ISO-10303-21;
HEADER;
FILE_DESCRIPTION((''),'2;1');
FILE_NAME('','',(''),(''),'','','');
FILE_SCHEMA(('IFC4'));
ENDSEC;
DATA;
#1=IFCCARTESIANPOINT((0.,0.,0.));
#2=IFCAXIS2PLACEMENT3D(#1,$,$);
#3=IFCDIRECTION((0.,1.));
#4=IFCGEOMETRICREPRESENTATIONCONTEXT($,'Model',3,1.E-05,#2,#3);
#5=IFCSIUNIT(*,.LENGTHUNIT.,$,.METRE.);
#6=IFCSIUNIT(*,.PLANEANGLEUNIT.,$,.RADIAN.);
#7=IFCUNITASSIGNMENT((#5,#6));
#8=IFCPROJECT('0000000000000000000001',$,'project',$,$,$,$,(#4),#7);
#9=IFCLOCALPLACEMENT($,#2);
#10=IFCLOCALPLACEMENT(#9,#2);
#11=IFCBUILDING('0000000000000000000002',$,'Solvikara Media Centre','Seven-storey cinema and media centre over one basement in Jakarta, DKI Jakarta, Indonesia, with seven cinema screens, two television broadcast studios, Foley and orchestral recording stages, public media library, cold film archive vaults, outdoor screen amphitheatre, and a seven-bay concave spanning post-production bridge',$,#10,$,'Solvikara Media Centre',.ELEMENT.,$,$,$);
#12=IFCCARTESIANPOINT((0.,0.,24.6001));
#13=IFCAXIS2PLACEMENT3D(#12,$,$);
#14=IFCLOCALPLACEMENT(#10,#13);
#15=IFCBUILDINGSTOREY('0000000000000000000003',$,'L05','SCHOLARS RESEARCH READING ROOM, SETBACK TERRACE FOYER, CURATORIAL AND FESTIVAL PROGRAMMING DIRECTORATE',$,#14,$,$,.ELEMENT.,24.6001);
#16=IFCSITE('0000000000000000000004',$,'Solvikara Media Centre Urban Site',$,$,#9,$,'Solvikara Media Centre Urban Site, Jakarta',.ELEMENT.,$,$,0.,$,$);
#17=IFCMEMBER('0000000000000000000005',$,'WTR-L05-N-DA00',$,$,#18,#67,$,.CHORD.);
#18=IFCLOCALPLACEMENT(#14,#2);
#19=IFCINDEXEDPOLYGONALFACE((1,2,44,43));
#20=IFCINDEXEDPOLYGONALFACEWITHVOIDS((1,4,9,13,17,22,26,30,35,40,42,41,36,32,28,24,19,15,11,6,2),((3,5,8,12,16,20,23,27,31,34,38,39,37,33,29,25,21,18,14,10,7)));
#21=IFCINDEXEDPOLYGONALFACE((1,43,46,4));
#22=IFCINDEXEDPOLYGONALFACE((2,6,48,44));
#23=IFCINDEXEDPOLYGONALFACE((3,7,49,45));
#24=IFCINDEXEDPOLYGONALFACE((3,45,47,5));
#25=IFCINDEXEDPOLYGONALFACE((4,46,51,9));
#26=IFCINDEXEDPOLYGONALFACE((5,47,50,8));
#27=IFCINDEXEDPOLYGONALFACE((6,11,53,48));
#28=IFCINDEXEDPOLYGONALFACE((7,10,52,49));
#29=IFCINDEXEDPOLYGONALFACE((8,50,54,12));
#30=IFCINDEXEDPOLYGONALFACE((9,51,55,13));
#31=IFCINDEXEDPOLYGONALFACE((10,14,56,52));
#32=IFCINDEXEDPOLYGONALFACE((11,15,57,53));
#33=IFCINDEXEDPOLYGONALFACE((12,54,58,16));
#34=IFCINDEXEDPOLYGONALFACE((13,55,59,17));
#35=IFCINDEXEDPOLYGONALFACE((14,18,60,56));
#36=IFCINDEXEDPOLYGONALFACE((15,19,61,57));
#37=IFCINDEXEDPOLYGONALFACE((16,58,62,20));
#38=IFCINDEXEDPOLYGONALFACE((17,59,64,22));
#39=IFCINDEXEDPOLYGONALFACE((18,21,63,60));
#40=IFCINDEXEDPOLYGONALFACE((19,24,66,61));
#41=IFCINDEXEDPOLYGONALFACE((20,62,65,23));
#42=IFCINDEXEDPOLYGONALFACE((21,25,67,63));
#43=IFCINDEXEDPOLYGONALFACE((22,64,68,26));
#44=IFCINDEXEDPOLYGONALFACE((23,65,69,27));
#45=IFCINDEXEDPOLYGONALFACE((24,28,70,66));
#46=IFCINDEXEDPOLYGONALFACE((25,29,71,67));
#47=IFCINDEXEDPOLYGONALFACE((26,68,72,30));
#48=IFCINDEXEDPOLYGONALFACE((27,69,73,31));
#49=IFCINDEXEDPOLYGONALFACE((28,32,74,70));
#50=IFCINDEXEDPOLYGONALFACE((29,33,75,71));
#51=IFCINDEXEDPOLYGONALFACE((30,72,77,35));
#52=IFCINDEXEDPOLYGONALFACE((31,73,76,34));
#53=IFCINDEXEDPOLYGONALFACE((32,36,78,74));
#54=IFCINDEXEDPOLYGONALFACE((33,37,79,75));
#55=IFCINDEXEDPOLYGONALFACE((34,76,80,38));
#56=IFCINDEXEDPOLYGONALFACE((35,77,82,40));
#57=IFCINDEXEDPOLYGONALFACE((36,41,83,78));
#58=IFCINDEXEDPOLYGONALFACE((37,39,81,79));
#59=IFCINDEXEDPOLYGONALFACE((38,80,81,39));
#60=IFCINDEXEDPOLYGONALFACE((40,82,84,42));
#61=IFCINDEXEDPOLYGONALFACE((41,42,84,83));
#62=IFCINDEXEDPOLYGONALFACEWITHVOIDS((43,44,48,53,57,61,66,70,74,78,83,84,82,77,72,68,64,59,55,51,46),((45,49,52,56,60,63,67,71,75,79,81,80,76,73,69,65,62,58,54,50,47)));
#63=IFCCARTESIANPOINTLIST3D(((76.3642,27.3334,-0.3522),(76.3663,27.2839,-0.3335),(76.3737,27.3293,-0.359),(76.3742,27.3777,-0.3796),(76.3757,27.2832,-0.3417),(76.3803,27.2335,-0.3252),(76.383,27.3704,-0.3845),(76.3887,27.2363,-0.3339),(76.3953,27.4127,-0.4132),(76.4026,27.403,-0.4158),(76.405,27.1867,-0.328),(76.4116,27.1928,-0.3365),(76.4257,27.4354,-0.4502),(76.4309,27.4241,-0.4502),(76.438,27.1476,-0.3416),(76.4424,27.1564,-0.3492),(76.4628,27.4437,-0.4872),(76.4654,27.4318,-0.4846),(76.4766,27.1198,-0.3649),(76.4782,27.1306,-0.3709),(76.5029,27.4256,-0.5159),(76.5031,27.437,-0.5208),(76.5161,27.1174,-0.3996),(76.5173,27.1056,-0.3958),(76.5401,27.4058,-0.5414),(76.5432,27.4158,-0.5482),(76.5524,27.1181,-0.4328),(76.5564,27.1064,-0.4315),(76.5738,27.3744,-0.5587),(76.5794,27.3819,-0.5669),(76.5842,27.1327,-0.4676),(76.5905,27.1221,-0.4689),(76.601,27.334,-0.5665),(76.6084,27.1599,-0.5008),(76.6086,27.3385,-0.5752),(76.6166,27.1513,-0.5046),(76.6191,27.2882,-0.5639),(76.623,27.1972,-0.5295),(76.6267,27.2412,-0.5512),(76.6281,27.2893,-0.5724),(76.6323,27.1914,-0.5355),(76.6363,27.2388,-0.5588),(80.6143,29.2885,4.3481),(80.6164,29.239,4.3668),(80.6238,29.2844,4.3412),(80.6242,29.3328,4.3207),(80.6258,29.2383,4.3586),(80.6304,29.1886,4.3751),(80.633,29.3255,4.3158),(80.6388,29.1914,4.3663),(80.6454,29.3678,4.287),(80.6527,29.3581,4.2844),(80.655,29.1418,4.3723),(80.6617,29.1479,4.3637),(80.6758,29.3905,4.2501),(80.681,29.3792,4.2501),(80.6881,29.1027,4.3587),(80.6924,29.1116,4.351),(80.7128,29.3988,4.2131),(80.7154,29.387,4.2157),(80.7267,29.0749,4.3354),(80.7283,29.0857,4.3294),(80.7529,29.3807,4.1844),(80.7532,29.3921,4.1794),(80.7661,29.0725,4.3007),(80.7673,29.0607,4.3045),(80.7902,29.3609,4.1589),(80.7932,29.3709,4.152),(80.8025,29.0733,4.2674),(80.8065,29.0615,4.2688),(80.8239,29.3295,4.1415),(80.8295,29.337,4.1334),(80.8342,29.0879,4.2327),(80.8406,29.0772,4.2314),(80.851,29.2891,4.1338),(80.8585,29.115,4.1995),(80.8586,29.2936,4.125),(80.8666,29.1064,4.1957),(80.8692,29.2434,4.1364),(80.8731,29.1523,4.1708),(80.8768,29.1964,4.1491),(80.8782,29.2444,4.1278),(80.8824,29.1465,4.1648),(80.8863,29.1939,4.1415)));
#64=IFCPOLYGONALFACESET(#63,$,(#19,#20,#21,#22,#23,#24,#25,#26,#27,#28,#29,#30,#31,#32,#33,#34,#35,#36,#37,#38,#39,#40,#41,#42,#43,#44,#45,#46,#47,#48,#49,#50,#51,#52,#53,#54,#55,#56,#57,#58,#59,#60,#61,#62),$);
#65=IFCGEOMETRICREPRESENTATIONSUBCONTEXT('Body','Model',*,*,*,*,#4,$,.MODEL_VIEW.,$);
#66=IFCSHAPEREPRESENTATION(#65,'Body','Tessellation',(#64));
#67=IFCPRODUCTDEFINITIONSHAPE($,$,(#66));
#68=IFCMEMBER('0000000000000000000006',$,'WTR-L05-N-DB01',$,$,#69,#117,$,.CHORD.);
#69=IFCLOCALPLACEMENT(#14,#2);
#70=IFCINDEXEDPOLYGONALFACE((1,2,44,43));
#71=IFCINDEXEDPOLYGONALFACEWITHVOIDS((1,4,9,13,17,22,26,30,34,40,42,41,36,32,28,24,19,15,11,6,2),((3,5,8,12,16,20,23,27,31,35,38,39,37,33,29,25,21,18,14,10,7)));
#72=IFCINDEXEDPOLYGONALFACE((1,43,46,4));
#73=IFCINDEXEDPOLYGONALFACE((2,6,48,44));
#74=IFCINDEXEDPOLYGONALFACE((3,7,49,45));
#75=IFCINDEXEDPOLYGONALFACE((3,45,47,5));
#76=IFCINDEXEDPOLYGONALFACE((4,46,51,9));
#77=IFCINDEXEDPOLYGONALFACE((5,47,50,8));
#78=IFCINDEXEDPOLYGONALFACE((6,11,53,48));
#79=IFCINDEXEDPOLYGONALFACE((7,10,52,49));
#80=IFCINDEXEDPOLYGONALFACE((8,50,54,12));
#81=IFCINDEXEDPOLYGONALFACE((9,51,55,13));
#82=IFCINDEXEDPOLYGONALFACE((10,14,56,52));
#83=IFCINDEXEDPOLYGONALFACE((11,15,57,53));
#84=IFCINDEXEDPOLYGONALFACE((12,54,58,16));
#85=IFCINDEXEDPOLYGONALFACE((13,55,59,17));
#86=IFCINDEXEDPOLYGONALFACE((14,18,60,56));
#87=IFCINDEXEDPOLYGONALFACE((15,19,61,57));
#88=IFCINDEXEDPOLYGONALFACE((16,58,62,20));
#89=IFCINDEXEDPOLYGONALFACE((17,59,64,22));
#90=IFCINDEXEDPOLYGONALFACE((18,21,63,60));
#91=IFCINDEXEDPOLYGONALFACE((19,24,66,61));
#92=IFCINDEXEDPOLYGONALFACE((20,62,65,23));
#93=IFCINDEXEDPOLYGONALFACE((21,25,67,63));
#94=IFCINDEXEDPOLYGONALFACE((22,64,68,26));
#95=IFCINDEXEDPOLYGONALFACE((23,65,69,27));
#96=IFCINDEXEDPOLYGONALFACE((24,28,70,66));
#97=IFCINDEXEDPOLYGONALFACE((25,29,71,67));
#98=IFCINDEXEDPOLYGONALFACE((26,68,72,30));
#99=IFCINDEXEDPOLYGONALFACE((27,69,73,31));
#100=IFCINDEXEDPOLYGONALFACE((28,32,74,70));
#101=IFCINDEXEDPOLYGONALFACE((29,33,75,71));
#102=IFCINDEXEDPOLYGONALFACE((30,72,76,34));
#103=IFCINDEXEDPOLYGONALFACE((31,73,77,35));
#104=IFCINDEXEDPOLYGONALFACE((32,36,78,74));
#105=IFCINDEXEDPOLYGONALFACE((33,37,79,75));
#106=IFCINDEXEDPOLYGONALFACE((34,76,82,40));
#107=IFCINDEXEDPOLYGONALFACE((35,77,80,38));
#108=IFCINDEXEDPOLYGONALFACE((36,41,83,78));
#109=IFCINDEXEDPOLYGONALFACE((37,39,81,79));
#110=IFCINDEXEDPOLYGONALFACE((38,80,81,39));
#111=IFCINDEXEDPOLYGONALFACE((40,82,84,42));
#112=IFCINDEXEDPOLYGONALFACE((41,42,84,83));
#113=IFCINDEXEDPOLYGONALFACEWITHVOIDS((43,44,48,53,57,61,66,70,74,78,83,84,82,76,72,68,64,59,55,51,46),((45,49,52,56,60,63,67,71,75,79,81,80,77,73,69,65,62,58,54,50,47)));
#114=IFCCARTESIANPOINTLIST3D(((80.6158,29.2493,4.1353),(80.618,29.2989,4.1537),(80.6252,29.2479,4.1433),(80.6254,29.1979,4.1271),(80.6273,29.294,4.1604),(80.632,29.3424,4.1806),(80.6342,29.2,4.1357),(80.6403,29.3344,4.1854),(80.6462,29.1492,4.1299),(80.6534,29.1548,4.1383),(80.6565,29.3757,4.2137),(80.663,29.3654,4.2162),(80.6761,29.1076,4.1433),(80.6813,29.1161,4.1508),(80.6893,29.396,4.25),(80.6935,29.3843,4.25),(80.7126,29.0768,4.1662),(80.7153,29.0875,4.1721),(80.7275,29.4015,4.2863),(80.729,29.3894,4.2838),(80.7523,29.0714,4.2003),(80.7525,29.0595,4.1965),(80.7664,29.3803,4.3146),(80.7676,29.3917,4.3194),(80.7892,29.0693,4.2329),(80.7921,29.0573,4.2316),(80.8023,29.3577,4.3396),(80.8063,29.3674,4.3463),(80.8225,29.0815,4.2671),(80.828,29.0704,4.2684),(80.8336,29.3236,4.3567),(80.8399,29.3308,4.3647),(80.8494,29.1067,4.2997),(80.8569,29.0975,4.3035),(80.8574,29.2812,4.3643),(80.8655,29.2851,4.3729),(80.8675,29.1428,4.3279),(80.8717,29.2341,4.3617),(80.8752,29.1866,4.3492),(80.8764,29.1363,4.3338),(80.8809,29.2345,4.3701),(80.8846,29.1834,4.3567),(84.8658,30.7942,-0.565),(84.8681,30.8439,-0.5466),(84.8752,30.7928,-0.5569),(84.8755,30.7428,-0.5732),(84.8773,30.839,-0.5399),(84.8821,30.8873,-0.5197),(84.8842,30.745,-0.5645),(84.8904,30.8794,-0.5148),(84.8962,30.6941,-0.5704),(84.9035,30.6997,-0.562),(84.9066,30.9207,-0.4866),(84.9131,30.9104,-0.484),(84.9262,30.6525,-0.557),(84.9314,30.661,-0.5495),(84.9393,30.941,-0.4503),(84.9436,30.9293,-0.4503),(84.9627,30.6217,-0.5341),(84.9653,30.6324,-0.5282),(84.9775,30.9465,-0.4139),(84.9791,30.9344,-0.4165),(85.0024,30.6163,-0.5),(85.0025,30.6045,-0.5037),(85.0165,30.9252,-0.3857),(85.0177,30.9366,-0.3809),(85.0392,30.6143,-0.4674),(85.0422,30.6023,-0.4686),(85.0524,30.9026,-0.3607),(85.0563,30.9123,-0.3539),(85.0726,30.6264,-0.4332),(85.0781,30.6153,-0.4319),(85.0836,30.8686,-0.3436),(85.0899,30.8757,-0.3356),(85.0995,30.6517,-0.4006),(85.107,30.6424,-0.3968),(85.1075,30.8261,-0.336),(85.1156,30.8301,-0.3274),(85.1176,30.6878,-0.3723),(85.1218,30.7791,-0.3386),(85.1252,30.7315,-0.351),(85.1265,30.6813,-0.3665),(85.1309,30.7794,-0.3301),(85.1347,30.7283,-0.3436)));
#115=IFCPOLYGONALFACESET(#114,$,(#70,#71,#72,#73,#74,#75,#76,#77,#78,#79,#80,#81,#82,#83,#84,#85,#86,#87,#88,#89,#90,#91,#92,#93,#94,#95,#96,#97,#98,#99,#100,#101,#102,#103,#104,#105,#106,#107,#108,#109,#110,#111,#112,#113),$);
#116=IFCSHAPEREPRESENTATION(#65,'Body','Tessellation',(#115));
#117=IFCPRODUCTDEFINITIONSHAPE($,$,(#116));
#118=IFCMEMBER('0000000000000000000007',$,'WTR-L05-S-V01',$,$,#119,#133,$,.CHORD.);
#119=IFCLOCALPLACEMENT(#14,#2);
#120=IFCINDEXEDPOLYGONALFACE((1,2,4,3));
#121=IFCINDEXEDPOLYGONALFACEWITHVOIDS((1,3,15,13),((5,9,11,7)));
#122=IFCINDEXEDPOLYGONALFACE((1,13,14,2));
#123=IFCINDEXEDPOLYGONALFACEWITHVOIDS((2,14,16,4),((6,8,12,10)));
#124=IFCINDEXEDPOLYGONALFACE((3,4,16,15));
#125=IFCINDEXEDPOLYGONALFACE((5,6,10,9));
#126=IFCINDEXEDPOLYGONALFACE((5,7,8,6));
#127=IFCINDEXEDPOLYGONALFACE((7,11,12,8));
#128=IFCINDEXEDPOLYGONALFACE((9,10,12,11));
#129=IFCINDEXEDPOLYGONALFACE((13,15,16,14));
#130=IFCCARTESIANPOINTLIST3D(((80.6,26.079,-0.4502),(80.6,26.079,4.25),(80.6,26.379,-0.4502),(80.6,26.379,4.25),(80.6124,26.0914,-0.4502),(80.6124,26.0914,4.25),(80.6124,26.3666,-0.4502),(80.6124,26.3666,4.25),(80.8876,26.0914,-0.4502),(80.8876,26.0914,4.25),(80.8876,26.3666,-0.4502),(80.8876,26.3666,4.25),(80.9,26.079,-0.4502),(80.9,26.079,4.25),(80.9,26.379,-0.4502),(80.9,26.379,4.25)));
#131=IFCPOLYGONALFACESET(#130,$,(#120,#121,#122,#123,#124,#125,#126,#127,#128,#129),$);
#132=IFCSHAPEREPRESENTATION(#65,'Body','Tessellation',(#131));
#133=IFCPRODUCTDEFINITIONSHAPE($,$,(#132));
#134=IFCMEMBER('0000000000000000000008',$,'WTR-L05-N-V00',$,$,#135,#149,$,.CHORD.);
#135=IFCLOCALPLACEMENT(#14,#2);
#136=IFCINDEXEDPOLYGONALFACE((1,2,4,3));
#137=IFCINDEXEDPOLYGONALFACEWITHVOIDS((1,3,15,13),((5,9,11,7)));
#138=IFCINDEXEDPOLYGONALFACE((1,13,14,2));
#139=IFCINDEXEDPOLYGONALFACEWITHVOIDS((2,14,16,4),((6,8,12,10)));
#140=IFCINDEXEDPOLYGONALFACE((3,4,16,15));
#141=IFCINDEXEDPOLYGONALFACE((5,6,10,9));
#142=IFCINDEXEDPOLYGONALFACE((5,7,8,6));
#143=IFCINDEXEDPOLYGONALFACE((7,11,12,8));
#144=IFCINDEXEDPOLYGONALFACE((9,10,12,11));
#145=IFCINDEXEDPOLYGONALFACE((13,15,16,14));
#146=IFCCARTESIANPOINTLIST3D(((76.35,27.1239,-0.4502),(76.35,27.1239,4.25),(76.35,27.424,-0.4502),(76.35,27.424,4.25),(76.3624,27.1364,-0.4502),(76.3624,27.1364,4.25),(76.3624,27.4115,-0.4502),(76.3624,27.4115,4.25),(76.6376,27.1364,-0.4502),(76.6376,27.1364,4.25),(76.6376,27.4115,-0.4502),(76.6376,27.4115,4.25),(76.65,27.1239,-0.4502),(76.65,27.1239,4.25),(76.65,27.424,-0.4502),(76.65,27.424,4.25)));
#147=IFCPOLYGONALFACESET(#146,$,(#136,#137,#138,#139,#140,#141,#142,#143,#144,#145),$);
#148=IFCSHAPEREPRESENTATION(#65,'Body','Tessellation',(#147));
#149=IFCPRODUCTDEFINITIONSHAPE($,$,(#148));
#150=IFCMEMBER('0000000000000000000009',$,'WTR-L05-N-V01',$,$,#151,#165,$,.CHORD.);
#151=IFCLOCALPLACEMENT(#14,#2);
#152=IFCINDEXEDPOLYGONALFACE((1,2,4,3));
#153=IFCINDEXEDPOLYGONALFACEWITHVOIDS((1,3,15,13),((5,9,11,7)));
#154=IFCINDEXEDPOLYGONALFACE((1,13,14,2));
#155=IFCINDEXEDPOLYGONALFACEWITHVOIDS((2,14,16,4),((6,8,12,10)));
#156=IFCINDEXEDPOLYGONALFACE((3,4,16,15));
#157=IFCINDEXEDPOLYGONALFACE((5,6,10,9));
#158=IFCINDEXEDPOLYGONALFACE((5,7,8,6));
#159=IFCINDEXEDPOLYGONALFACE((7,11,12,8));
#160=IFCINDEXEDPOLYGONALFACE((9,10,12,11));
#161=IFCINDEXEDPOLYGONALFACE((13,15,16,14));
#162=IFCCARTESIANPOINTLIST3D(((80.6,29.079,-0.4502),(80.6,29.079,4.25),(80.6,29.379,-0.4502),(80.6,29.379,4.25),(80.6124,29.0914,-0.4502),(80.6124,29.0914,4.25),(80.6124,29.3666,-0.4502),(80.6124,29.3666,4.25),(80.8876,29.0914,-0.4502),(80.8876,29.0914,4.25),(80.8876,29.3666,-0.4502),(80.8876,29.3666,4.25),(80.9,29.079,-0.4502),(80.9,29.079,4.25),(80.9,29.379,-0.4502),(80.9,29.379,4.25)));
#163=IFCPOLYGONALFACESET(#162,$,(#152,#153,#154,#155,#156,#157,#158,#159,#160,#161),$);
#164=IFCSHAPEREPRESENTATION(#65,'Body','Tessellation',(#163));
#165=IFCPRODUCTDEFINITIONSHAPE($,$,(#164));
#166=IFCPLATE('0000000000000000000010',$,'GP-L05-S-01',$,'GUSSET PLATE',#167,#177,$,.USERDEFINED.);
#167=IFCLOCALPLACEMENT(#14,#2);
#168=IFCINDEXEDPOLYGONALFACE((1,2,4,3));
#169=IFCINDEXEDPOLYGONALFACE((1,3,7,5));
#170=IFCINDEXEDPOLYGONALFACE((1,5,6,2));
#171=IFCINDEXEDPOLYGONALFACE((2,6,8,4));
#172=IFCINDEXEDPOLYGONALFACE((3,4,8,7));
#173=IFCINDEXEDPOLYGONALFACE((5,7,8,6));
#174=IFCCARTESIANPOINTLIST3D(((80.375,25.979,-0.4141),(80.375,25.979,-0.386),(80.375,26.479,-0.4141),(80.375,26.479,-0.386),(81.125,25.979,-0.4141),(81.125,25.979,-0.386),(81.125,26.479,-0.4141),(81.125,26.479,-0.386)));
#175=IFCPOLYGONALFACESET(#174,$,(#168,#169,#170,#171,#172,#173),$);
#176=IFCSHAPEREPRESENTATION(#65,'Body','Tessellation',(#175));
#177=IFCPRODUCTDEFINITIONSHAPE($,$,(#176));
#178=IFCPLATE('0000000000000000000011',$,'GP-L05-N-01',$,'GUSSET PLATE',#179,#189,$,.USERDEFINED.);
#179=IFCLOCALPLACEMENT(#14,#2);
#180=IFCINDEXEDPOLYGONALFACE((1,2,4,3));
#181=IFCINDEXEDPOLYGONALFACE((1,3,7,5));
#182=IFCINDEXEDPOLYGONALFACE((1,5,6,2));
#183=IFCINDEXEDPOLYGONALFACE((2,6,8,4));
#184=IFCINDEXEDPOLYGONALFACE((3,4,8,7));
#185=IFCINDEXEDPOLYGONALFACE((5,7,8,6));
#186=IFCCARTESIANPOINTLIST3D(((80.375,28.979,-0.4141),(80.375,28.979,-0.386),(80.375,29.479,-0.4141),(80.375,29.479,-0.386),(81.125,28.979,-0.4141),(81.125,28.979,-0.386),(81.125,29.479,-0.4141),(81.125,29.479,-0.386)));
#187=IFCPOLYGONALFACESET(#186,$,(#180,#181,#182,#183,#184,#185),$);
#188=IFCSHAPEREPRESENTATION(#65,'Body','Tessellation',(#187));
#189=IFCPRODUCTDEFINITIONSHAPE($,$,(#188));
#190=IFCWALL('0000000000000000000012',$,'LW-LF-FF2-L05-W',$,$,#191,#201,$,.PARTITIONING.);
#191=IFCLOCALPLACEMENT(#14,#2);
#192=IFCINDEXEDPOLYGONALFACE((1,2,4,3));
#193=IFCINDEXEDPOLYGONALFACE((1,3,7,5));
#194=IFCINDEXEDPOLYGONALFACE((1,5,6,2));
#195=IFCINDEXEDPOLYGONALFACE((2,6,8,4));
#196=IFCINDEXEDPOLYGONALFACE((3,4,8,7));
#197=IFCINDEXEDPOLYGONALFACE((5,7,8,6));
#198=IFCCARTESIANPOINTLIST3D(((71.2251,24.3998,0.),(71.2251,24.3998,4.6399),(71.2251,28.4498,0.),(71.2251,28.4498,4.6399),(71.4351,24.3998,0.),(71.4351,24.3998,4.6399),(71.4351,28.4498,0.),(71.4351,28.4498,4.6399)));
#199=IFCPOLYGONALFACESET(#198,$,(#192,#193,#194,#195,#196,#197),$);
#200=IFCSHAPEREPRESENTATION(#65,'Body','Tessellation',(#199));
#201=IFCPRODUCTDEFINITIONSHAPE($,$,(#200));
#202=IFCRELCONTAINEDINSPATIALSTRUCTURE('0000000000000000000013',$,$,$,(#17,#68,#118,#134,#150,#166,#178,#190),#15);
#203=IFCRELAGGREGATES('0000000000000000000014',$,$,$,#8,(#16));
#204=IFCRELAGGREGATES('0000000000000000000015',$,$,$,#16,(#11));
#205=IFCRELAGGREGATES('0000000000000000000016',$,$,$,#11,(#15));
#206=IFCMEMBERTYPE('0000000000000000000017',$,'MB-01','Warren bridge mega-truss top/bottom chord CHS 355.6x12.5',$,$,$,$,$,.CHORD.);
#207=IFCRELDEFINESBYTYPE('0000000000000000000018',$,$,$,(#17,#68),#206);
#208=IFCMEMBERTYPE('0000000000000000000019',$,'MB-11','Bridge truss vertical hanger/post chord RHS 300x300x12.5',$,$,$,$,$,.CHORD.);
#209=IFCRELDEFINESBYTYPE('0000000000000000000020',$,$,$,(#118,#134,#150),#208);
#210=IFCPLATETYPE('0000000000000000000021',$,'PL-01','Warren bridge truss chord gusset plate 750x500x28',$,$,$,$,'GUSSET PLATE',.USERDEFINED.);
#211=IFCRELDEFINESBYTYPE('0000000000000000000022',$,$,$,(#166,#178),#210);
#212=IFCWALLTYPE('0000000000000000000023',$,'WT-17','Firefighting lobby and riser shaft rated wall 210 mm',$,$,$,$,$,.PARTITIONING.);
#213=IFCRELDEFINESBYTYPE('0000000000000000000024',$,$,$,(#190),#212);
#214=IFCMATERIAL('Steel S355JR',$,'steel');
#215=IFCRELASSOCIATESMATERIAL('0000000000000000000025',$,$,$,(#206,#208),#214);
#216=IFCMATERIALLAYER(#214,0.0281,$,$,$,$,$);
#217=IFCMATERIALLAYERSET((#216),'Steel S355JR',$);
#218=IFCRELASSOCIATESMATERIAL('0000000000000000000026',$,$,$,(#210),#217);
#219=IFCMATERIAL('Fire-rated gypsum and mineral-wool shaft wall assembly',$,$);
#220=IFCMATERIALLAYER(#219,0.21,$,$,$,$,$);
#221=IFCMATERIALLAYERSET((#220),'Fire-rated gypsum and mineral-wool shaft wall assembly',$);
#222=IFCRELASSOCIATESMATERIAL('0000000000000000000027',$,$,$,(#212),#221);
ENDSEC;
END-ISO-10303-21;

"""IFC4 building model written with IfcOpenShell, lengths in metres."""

from ifc_helpers import new_model, si_unit, direction, frame, frame_2d, origin, origin_2d, place, context, subcontext, project, spatial, rectangle, hollow_rectangle, hollow_circle, extrude, material, layer, layer_set, material_profile, profile_set, type_object, element, save


model = new_model("IFC4")

# Units and contexts
model_context = context("Model", 3, precision=1e-05, world=origin(), true_north=direction((0.0, 1.0)))
body_context = subcontext(model_context, "Body", "Model", "MODEL_VIEW")
ifc_project = project(units=[si_unit("LENGTHUNIT", "METRE"), si_unit("PLANEANGLEUNIT", "RADIAN")], contexts=[model_context])

# Site, building, storey
site_placement = place(None, origin())
site = spatial("IfcSite", under=ifc_project, at=site_placement, Name="Solvikara Media Centre Urban Site", LongName="Solvikara Media Centre Urban Site, Jakarta", CompositionType="ELEMENT", RefElevation=0.0)
building_placement = place(site_placement, origin())
building = spatial("IfcBuilding", under=site, at=building_placement, Name="Solvikara Media Centre", Description="Seven-storey cinema and media centre over one basement in Jakarta, DKI Jakarta, Indonesia, with seven cinema screens, two television broadcast studios, Foley and orchestral recording stages, public media library, cold film archive vaults, outdoor screen amphitheatre, and a seven-bay concave spanning post-production bridge", LongName="Solvikara Media Centre", CompositionType="ELEMENT")
storey_placement = place(building_placement, frame((0.0, 0.0, 24.6001)))
storey = spatial("IfcBuildingStorey", under=building, at=storey_placement, Name="L05", Description="SCHOLARS RESEARCH READING ROOM, SETBACK TERRACE FOYER, CURATORIAL AND FESTIVAL PROGRAMMING DIRECTORATE", CompositionType="ELEMENT", Elevation=24.6001)

# Shared definitions
ifc_material_1 = material(Name="Steel S355JR", Category="steel")

# Members
ifc_material_profile_1 = material_profile(ifc_material_1, hollow_circle(Radius=0.1777, WallThickness=0.0125, at=origin_2d()), Name="CHS 355.6x12.5")
ifc_profile_set_1 = profile_set([ifc_material_profile_1], Name="Steel S355JR")
member_type_1 = type_object("IfcMemberType", Name="MB-01", Description="Warren bridge mega-truss top/bottom chord CHS 355.6x12.5", PredefinedType="CHORD", material=ifc_profile_set_1)
member_1_placement = place(storey_placement, frame((76.5, 27.2739, -0.4502), z_axis=(0.640882, 0.294817, 0.708769), x_axis=(-0.417919, 0.908484, 0.0)))
element("IfcMember", 1, at=member_1_placement, inside=storey, type_object=member_type_1, Name="WTR-L05-N-DA00", PredefinedType="CHORD", context=body_context, shape_type="SweptSolid", body=[
    extrude(hollow_circle(Radius=0.1777, WallThickness=0.0125, at=origin_2d()), origin(), (0.0, 0.0, 1.0), 6.6316),
])
member_2_placement = place(storey_placement, frame((80.75, 29.229, 4.25), z_axis=(0.651605, 0.236866, -0.720629), x_axis=(-0.341639, 0.939831, 0.0)))
element("IfcMember", 2, at=member_2_placement, inside=storey, type_object=member_type_1, Name="WTR-L05-N-DB01", PredefinedType="CHORD", context=body_context, shape_type="SweptSolid", body=[
    extrude(hollow_circle(Radius=0.1777, WallThickness=0.0125, at=origin_2d()), origin(), (0.0, 0.0, 1.0), 6.5225),
])
ifc_material_profile_2 = material_profile(ifc_material_1, hollow_rectangle(XDim=0.3, YDim=0.3, WallThickness=0.0125, at=origin_2d()), Name="RHS 300x300x12.5")
ifc_profile_set_2 = profile_set([ifc_material_profile_2], Name="Steel S355JR")
member_type_2 = type_object("IfcMemberType", Name="MB-11", Description="Bridge truss vertical hanger/post chord RHS 300x300x12.5", PredefinedType="CHORD", material=ifc_profile_set_2)
for number, where, z_axis, x_axis, name in (
    (3, (80.75, 26.229, -0.4502), (0.0, 0.0, 1.0), (1.0, 0.0, 0.0), "WTR-L05-S-V01"),
    (4, (76.5, 27.2739, -0.4502), (0.0, 0.0, 1.0), (1.0, 0.0, 0.0), "WTR-L05-N-V00"),
    (5, (80.75, 29.229, -0.4502), (0.0, 0.0, 1.0), (1.0, 0.0, 0.0), "WTR-L05-N-V01"),
):
    element("IfcMember", number, at=place(storey_placement, frame(where, z_axis=z_axis, x_axis=x_axis)), inside=storey, type_object=member_type_2, Name=name, PredefinedType="CHORD", context=body_context, shape_type="SweptSolid", body=[
        extrude(hollow_rectangle(XDim=0.3, YDim=0.3, WallThickness=0.0125, at=origin_2d()), origin(), (0.0, 0.0, 1.0), 4.7002),
    ])

# Plates
ifc_layer_1 = layer(ifc_material_1, 0.0281)
ifc_layer_set_1 = layer_set([ifc_layer_1], Name="Steel S355JR")
plate_type = type_object("IfcPlateType", Name="PL-01", Description="Warren bridge truss chord gusset plate 750x500x28", ElementType="GUSSET PLATE", PredefinedType="USERDEFINED", material=ifc_layer_set_1)
for number, where, z_axis, x_axis, name in (
    (6, (80.75, 26.229, -0.4141), (0.0, 0.0, 1.0), (1.0, 0.0, 0.0), "GP-L05-S-01"),
    (7, (80.75, 29.229, -0.4141), (0.0, 0.0, 1.0), (1.0, 0.0, 0.0), "GP-L05-N-01"),
):
    element("IfcPlate", number, at=place(storey_placement, frame(where, z_axis=z_axis, x_axis=x_axis)), inside=storey, type_object=plate_type, Name=name, ObjectType="GUSSET PLATE", PredefinedType="USERDEFINED", context=body_context, shape_type="SweptSolid", body=[
        extrude(rectangle(XDim=0.75, YDim=0.5, at=origin_2d()), origin(), (0.0, 0.0, 1.0), 0.0281),
    ])

# Wall
ifc_material_2 = material(Name="Fire-rated gypsum and mineral-wool shaft wall assembly")
ifc_layer_2 = layer(ifc_material_2, 0.21)
ifc_layer_set_2 = layer_set([ifc_layer_2], Name="Fire-rated gypsum and mineral-wool shaft wall assembly")
wall_type_1 = type_object("IfcWallType", Name="WT-17", Description="Firefighting lobby and riser shaft rated wall 210 mm", PredefinedType="PARTITIONING", material=ifc_layer_set_2)
for number, where, z_axis, x_axis, name in (
    (8, (71.3301, 24.3999, 0.0), (0.0, 0.0, 1.0), (0.0, 1.0, 0.0), "LW-LF-FF2-L05-W"),
):
    element("IfcWall", number, at=place(storey_placement, frame(where, z_axis=z_axis, x_axis=x_axis)), inside=storey, type_object=wall_type_1, Name=name, PredefinedType="PARTITIONING", context=body_context, shape_type="SweptSolid", body=[
        extrude(rectangle(XDim=4.05, YDim=0.21, at=frame_2d((2.0249, 0.0))), origin(), (0.0, 0.0, 1.0), 4.6399),
    ])

save(model, "model.ifc")
